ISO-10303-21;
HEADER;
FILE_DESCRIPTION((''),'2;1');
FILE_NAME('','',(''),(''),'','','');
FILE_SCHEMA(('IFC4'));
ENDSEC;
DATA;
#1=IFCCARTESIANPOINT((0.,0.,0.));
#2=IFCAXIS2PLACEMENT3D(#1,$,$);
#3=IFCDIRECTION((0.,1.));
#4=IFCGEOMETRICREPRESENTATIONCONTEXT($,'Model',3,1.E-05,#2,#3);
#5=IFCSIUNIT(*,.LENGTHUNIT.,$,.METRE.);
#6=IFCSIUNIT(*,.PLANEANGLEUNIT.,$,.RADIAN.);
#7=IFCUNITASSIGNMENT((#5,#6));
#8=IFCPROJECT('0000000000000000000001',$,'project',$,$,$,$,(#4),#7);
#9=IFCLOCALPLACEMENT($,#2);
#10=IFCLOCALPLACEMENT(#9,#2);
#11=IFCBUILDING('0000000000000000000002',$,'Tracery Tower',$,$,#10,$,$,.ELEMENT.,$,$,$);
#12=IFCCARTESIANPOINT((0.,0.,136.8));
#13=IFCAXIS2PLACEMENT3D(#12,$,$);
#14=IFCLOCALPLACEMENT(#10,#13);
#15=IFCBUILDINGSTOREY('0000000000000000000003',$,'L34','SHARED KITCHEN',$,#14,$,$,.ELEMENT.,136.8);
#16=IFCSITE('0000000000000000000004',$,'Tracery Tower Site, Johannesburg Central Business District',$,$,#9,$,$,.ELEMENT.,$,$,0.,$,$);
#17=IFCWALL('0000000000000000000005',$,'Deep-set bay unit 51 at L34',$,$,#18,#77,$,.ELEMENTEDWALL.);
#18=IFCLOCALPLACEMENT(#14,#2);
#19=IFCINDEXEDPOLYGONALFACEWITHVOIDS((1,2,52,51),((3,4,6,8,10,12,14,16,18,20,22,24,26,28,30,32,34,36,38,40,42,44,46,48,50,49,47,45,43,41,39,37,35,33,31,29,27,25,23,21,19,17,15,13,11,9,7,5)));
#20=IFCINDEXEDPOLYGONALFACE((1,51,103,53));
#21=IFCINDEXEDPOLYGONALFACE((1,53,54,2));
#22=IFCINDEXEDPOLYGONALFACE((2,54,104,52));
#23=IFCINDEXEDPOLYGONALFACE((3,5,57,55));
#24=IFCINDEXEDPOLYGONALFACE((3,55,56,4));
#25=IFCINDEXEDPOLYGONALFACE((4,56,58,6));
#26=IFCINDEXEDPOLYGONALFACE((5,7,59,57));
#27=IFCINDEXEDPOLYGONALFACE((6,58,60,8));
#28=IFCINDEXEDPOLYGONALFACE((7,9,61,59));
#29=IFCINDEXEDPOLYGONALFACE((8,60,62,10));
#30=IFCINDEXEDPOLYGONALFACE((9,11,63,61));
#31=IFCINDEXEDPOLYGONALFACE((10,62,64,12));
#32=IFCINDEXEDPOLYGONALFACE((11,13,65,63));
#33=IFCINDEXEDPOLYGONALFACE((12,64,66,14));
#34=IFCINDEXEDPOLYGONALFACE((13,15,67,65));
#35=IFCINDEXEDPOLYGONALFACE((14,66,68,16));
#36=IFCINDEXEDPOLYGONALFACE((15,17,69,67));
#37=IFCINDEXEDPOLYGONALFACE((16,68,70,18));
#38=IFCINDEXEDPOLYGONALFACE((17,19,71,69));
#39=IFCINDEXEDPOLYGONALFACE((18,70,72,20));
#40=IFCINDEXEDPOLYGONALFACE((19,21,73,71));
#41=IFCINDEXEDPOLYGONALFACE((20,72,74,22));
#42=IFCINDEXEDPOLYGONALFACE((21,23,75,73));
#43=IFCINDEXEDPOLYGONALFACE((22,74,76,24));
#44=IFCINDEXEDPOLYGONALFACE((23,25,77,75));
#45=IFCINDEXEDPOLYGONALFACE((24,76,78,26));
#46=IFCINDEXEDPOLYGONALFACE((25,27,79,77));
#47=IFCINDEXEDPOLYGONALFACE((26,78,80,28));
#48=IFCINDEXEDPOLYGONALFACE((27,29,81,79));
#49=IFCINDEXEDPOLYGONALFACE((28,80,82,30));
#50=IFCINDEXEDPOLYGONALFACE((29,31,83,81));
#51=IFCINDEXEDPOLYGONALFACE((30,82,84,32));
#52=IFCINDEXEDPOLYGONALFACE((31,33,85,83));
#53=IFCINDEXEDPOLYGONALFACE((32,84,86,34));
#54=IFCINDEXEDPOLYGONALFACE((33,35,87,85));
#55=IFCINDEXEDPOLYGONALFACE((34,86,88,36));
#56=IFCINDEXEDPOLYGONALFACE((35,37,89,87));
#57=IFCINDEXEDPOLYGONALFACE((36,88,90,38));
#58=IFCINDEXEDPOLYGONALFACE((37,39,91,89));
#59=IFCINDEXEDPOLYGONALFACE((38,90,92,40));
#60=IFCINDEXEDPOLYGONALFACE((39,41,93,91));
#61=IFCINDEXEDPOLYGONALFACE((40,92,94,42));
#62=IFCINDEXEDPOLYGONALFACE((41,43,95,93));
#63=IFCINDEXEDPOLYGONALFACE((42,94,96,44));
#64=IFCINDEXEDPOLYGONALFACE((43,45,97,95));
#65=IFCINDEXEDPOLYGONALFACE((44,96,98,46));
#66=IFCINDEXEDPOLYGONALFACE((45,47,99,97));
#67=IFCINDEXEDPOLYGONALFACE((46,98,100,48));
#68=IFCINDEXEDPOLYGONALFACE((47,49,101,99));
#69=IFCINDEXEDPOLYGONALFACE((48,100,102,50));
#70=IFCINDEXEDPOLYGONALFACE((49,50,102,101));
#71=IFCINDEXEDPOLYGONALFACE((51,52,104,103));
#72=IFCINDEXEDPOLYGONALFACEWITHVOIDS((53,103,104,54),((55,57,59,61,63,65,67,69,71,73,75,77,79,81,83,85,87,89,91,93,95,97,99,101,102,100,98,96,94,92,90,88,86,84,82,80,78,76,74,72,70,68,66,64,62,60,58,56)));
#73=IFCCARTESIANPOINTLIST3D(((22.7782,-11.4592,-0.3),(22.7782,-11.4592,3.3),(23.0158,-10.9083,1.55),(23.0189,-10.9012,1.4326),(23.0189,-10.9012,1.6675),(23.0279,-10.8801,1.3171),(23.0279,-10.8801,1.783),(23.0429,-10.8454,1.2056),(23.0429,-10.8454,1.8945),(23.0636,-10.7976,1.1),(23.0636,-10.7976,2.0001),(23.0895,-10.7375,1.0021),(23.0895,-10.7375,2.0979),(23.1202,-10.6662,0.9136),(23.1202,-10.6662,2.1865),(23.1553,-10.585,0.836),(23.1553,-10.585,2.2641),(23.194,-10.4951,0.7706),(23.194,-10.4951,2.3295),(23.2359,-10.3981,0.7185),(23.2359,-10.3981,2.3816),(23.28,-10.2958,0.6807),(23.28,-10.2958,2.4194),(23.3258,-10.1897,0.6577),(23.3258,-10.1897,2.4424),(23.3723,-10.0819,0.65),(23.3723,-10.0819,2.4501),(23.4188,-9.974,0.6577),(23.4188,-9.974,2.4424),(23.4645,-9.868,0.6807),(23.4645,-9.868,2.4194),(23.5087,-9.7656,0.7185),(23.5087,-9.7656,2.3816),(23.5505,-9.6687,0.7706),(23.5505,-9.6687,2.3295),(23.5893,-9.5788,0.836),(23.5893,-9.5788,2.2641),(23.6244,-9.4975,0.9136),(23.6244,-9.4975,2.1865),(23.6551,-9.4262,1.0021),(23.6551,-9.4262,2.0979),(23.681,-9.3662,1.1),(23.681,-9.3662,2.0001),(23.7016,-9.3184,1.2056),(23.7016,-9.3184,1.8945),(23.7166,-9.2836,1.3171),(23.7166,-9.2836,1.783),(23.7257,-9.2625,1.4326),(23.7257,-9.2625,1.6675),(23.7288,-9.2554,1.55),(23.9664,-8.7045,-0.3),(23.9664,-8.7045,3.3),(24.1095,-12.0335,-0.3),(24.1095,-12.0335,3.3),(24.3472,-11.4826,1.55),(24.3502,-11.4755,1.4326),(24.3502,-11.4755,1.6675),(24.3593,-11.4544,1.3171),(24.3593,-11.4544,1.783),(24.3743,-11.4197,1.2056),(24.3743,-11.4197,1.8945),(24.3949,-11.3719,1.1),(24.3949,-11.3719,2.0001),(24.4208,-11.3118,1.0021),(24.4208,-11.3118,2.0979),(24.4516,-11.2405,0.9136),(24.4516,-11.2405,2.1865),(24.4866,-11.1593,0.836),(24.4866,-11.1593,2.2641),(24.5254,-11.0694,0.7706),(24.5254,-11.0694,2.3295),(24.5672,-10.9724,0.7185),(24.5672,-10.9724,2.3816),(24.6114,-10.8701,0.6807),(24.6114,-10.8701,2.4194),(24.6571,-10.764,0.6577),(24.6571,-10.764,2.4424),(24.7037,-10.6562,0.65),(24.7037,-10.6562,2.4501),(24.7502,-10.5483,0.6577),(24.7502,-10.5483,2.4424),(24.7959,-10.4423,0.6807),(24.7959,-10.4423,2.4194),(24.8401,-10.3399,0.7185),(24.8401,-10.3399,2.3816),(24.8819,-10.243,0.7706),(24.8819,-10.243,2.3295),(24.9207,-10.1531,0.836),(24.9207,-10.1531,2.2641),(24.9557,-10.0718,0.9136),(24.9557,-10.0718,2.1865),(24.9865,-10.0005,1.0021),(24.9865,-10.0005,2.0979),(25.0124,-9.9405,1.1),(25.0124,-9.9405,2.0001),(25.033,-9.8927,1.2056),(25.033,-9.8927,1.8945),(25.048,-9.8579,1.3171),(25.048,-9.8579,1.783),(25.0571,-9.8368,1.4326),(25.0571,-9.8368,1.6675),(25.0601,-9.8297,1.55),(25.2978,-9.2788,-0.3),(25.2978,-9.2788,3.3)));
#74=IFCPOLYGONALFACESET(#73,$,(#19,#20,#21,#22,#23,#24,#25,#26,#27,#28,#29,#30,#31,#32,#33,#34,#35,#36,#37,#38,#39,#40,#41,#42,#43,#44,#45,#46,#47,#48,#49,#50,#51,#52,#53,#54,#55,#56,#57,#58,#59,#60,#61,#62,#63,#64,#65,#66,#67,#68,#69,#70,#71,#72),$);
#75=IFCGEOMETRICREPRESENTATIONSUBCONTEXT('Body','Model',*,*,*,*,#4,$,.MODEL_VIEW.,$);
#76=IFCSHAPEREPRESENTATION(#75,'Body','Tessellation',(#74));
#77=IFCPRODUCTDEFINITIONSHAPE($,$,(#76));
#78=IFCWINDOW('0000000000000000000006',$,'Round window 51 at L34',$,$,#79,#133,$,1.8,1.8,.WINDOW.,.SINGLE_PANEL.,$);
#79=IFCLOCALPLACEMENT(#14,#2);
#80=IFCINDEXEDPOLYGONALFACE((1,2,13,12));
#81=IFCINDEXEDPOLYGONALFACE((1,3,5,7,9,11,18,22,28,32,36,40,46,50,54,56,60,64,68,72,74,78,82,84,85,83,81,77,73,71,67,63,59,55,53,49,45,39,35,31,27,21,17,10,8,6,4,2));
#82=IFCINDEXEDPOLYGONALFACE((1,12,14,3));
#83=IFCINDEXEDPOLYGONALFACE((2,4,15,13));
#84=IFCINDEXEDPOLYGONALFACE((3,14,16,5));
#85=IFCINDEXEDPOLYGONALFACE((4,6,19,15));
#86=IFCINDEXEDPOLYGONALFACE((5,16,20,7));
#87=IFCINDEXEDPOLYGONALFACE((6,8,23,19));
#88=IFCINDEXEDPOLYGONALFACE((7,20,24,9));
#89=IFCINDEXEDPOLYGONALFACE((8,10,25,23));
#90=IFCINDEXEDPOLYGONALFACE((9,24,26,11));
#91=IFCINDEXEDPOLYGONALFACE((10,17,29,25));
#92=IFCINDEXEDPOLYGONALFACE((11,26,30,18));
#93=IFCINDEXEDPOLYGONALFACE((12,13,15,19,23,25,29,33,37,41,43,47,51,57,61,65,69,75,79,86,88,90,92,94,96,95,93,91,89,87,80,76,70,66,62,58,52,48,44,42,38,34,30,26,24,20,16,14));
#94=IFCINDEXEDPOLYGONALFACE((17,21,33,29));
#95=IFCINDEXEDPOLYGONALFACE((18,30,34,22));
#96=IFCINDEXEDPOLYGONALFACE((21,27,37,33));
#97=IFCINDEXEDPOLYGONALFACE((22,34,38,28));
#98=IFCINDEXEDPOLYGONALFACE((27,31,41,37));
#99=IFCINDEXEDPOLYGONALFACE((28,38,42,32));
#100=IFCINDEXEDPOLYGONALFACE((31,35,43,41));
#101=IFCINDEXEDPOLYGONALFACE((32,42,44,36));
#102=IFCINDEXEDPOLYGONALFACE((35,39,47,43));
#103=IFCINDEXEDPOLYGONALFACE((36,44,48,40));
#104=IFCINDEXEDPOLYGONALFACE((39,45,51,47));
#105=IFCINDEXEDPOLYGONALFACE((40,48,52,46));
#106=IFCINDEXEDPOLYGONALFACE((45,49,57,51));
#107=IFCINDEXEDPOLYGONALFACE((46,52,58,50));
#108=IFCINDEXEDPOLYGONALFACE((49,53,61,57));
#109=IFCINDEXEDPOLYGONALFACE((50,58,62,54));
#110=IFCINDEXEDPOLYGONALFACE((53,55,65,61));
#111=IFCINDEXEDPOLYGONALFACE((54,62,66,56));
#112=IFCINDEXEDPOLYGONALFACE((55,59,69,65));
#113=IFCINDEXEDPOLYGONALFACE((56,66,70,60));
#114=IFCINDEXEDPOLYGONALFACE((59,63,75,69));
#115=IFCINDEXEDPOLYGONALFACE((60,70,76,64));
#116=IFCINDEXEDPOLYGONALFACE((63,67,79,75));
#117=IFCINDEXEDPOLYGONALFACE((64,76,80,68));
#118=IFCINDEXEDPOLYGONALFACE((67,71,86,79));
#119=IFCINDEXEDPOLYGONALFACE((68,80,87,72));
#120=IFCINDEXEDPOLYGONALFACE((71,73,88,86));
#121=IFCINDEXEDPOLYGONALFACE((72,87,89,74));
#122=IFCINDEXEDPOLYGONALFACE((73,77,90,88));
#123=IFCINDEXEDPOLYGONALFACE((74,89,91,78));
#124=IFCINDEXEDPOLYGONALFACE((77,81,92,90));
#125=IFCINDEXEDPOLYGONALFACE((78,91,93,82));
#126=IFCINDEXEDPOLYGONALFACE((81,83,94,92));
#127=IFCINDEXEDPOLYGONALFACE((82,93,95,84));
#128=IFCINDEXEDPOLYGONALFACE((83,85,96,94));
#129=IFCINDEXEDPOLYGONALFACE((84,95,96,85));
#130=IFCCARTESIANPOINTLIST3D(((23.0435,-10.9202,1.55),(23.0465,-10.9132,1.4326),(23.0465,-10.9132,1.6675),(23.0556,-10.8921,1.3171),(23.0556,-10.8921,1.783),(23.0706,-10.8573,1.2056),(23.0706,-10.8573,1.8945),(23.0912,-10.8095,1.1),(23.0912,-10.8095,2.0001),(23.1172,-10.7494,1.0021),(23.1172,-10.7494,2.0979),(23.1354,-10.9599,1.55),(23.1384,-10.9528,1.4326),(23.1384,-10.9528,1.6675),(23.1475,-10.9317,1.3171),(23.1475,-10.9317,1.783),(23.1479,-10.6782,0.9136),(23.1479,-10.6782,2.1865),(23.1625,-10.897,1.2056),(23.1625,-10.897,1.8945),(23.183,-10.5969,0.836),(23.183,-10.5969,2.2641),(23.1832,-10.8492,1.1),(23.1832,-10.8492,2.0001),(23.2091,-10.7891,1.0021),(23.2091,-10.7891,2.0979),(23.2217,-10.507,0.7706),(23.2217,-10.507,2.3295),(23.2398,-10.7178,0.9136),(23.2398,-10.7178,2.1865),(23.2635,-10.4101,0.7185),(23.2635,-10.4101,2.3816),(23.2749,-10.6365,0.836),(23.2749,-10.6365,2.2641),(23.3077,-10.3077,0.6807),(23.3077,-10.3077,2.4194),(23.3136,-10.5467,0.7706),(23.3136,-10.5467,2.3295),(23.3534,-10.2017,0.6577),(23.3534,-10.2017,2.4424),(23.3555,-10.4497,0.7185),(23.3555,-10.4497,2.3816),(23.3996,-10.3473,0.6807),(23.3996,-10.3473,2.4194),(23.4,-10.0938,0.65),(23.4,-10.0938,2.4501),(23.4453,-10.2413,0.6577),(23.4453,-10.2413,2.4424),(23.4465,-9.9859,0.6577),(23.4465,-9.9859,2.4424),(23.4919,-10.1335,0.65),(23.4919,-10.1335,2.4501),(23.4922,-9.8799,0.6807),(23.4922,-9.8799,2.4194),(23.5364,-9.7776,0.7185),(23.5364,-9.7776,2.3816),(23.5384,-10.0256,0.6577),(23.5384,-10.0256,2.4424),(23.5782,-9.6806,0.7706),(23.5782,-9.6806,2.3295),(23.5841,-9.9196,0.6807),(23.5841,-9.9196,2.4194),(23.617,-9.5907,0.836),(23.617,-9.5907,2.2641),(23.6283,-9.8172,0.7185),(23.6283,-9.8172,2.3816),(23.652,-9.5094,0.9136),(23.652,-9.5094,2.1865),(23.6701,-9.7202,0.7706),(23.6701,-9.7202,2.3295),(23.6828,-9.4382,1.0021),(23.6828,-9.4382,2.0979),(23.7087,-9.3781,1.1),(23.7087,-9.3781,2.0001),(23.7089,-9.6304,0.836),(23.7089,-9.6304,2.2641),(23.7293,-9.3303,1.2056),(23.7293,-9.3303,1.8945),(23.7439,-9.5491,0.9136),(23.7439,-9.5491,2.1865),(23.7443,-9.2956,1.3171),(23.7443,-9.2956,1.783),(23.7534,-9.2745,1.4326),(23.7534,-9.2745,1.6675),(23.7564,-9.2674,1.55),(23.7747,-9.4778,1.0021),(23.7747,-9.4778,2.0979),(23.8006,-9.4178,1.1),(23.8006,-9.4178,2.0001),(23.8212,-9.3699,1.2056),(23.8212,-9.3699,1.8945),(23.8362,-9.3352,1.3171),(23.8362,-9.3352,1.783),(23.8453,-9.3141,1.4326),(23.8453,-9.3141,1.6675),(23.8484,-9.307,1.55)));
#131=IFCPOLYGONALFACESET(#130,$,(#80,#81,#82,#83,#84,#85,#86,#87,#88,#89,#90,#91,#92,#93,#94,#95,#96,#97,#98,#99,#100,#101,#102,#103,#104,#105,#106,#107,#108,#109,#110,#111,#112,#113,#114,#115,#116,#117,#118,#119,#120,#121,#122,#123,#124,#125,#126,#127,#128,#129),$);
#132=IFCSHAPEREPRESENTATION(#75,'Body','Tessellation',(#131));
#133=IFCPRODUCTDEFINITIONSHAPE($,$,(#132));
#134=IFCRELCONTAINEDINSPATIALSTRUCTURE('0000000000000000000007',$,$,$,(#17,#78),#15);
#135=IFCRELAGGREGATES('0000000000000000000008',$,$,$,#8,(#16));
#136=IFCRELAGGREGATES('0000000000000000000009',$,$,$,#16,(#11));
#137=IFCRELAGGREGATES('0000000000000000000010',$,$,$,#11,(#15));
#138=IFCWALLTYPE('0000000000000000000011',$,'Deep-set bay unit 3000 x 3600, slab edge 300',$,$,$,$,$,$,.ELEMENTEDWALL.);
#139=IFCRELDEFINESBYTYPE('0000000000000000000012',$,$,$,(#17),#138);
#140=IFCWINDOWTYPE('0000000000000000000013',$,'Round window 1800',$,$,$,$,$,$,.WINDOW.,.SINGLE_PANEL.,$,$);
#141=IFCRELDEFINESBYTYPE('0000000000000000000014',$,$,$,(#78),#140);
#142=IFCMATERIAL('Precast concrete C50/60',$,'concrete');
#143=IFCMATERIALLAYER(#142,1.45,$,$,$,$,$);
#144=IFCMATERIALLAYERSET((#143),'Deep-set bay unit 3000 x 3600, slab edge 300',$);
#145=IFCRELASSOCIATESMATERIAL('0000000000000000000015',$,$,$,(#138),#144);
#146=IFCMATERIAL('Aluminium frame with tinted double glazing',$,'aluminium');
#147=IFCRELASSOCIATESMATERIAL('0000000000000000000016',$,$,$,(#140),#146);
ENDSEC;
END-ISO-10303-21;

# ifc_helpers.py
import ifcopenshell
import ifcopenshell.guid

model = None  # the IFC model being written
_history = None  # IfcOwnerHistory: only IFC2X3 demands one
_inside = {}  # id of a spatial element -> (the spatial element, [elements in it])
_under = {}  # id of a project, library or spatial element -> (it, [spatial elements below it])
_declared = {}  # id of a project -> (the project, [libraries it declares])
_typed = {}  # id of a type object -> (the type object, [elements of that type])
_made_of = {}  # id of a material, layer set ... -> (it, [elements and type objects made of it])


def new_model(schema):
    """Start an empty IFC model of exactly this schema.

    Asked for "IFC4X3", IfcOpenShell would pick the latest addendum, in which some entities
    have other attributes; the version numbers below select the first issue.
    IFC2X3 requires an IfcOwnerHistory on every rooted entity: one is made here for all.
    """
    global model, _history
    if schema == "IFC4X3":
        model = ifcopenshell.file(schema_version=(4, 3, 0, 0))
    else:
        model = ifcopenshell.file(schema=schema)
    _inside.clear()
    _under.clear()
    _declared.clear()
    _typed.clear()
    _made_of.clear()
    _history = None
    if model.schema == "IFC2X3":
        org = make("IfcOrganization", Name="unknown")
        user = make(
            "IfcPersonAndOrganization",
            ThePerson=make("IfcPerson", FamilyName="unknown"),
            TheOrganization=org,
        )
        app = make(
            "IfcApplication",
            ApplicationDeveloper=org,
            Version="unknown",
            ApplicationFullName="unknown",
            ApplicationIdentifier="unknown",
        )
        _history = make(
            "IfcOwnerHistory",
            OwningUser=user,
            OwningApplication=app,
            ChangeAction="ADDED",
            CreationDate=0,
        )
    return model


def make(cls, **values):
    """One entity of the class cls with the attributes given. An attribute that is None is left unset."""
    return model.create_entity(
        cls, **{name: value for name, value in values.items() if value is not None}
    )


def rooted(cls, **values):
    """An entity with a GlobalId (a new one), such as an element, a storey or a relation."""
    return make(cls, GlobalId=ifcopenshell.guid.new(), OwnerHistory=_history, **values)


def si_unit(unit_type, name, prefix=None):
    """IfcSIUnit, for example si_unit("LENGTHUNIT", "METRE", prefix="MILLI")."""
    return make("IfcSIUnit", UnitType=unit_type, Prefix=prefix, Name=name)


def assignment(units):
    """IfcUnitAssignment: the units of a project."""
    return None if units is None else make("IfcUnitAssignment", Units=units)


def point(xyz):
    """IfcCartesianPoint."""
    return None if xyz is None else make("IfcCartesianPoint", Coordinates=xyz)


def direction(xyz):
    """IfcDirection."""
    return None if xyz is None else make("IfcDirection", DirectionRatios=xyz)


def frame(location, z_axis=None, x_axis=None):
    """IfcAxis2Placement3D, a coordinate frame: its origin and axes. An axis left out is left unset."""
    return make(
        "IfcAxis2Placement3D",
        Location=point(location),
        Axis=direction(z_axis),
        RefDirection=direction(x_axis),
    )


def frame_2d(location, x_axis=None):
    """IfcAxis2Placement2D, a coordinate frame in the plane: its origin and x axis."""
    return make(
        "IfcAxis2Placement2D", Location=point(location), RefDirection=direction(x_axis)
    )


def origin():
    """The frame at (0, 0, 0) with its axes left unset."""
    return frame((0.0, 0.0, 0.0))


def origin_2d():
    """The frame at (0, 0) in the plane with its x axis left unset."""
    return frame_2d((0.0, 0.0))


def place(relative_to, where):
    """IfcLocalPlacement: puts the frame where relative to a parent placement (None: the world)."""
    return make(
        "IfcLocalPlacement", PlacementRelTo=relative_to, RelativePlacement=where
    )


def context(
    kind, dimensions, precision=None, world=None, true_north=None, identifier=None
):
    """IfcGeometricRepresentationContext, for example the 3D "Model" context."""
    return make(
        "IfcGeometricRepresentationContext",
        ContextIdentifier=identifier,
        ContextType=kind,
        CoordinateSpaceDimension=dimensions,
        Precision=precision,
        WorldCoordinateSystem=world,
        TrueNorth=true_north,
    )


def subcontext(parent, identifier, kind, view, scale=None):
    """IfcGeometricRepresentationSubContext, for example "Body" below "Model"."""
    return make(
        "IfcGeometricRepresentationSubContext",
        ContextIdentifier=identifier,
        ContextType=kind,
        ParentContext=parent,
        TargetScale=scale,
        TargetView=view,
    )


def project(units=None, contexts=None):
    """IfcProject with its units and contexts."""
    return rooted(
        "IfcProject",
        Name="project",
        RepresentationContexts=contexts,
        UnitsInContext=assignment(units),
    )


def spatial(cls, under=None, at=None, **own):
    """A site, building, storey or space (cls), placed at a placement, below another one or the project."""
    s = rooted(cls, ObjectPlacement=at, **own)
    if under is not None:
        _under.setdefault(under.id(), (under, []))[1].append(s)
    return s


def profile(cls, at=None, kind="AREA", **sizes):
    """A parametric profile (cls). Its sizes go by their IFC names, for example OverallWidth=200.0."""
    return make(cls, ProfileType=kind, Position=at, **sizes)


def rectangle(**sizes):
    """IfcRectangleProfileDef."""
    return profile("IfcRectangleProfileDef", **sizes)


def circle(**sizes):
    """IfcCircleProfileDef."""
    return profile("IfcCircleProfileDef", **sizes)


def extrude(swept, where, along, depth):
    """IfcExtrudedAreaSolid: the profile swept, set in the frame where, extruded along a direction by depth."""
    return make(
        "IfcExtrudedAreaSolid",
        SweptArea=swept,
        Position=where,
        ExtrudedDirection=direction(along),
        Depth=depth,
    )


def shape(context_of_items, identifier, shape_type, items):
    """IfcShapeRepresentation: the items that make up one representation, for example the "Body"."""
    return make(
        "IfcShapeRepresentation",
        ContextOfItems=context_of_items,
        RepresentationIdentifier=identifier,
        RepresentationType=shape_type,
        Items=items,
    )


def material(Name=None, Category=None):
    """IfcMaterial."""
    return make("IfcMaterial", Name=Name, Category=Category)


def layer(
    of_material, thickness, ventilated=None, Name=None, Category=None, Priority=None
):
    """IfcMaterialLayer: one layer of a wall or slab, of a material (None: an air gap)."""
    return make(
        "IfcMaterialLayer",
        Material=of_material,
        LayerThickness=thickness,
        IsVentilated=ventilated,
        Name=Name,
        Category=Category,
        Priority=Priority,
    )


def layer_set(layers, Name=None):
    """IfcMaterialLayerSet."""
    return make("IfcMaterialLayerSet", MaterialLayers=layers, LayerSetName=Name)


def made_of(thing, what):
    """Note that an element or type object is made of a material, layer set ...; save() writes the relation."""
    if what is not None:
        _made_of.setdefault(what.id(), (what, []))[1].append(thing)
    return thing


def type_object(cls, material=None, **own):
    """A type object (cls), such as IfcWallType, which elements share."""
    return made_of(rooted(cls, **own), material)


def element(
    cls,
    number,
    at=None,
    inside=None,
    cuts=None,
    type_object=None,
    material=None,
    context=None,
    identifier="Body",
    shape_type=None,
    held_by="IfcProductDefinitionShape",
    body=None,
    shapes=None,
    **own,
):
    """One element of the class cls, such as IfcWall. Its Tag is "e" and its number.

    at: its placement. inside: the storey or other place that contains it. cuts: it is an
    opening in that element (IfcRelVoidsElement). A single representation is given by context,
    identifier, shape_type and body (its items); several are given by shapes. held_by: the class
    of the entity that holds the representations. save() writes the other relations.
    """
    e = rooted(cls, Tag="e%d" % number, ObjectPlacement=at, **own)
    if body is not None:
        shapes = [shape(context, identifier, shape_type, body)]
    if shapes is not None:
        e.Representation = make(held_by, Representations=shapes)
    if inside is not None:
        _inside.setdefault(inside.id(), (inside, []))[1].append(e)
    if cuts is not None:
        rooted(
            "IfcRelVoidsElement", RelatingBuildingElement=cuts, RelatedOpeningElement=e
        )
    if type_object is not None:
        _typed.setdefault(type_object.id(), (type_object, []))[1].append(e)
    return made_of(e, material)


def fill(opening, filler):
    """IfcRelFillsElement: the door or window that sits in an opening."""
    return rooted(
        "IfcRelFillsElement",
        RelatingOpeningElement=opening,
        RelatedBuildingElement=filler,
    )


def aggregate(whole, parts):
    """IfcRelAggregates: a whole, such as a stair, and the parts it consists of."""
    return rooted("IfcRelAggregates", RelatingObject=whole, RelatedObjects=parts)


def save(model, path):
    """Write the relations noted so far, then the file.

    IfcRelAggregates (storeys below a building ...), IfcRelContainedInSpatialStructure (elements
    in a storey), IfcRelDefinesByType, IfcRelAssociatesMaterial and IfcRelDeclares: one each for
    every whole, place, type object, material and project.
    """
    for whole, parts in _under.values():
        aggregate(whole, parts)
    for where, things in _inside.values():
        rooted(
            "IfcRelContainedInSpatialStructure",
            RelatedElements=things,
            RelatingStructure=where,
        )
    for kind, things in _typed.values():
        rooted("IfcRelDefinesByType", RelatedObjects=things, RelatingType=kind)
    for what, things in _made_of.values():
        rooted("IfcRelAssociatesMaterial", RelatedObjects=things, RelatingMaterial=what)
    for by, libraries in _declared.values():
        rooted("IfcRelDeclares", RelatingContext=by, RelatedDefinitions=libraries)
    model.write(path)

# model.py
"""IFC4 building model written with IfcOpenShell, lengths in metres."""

from ifc_helpers import new_model, si_unit, direction, frame, frame_2d, origin, origin_2d, place, context, subcontext, project, spatial, rectangle, circle, extrude, material, layer, layer_set, type_object, element, fill, save


model = new_model("IFC4")

# Units and contexts
model_context = context("Model", 3, precision=1e-05, world=origin(), true_north=direction((0.0, 1.0)))
body_context = subcontext(model_context, "Body", "Model", "MODEL_VIEW")
ifc_project = project(units=[si_unit("LENGTHUNIT", "METRE"), si_unit("PLANEANGLEUNIT", "RADIAN")], contexts=[model_context])

# Site, building, storey
site_placement = place(None, origin())
site = spatial("IfcSite", under=ifc_project, at=site_placement, Name="Tracery Tower Site, Johannesburg Central Business District", CompositionType="ELEMENT", RefElevation=0.0)
building_placement = place(site_placement, origin())
building = spatial("IfcBuilding", under=site, at=building_placement, Name="Tracery Tower", CompositionType="ELEMENT")
storey_placement = place(building_placement, frame((0.0, 0.0, 136.8)))
storey = spatial("IfcBuildingStorey", under=building, at=storey_placement, Name="L34", Description="SHARED KITCHEN", CompositionType="ELEMENT", Elevation=136.8)

# Wall, opening, window
ifc_material_1 = material(Name="Precast concrete C50/60", Category="concrete")
ifc_layer_1 = layer(ifc_material_1, 1.45)
ifc_layer_set_1 = layer_set([ifc_layer_1], Name="Deep-set bay unit 3000 x 3600, slab edge 300")
wall_type_1 = type_object("IfcWallType", Name="Deep-set bay unit 3000 x 3600, slab edge 300", PredefinedType="ELEMENTEDWALL", material=ifc_layer_set_1)
wall_1_placement = place(storey_placement, frame((23.4438, -11.7463, -0.3), z_axis=(0.0, 0.0, 1.0), x_axis=(0.396079, 0.918216, 0.0)))
wall_1 = element("IfcWall", 1, at=wall_1_placement, inside=storey, type_object=wall_type_1, Name="Deep-set bay unit 51 at L34", PredefinedType="ELEMENTEDWALL", context=body_context, shape_type="SweptSolid", body=[
    extrude(rectangle(XDim=3.0, YDim=1.45, at=frame_2d((1.5, 0.0))), origin(), (0.0, 0.0, 1.0), 3.6001),
])
opening_1_placement = place(wall_1_placement, frame((1.5, 0.0, 1.8501)))
opening_1 = element("IfcOpeningElement", 2, at=opening_1_placement, cuts=wall_1, PredefinedType="OPENING", context=body_context, shape_type="SweptSolid", body=[
    extrude(circle(Radius=0.9, at=origin_2d()), frame((0.0, 0.7349, 0.0), z_axis=(0.0, -1.0, 0.0), x_axis=(1.0, 0.0, 0.0)), (0.0, 0.0, 1.0), 1.47),
])
ifc_material_2 = material(Name="Aluminium frame with tinted double glazing", Category="aluminium")
window_type = type_object("IfcWindowType", Name="Round window 1800", PartitioningType="SINGLE_PANEL", PredefinedType="WINDOW", material=ifc_material_2)
window_1_placement = place(opening_1_placement, origin())
window_1 = element("IfcWindow", 3, at=window_1_placement, inside=storey, type_object=window_type, Name="Round window 51 at L34", OverallHeight=1.8, OverallWidth=1.8, PartitioningType="SINGLE_PANEL", PredefinedType="WINDOW", context=body_context, shape_type="SweptSolid", body=[
    extrude(circle(Radius=0.9, at=origin_2d()), frame((0.0, 0.6948, 0.0), z_axis=(0.0, -1.0, 0.0), x_axis=(1.0, 0.0, 0.0)), (0.0, 0.0, 1.0), 0.1001),
])
fill(opening_1, window_1)

save(model, "model.ifc")
